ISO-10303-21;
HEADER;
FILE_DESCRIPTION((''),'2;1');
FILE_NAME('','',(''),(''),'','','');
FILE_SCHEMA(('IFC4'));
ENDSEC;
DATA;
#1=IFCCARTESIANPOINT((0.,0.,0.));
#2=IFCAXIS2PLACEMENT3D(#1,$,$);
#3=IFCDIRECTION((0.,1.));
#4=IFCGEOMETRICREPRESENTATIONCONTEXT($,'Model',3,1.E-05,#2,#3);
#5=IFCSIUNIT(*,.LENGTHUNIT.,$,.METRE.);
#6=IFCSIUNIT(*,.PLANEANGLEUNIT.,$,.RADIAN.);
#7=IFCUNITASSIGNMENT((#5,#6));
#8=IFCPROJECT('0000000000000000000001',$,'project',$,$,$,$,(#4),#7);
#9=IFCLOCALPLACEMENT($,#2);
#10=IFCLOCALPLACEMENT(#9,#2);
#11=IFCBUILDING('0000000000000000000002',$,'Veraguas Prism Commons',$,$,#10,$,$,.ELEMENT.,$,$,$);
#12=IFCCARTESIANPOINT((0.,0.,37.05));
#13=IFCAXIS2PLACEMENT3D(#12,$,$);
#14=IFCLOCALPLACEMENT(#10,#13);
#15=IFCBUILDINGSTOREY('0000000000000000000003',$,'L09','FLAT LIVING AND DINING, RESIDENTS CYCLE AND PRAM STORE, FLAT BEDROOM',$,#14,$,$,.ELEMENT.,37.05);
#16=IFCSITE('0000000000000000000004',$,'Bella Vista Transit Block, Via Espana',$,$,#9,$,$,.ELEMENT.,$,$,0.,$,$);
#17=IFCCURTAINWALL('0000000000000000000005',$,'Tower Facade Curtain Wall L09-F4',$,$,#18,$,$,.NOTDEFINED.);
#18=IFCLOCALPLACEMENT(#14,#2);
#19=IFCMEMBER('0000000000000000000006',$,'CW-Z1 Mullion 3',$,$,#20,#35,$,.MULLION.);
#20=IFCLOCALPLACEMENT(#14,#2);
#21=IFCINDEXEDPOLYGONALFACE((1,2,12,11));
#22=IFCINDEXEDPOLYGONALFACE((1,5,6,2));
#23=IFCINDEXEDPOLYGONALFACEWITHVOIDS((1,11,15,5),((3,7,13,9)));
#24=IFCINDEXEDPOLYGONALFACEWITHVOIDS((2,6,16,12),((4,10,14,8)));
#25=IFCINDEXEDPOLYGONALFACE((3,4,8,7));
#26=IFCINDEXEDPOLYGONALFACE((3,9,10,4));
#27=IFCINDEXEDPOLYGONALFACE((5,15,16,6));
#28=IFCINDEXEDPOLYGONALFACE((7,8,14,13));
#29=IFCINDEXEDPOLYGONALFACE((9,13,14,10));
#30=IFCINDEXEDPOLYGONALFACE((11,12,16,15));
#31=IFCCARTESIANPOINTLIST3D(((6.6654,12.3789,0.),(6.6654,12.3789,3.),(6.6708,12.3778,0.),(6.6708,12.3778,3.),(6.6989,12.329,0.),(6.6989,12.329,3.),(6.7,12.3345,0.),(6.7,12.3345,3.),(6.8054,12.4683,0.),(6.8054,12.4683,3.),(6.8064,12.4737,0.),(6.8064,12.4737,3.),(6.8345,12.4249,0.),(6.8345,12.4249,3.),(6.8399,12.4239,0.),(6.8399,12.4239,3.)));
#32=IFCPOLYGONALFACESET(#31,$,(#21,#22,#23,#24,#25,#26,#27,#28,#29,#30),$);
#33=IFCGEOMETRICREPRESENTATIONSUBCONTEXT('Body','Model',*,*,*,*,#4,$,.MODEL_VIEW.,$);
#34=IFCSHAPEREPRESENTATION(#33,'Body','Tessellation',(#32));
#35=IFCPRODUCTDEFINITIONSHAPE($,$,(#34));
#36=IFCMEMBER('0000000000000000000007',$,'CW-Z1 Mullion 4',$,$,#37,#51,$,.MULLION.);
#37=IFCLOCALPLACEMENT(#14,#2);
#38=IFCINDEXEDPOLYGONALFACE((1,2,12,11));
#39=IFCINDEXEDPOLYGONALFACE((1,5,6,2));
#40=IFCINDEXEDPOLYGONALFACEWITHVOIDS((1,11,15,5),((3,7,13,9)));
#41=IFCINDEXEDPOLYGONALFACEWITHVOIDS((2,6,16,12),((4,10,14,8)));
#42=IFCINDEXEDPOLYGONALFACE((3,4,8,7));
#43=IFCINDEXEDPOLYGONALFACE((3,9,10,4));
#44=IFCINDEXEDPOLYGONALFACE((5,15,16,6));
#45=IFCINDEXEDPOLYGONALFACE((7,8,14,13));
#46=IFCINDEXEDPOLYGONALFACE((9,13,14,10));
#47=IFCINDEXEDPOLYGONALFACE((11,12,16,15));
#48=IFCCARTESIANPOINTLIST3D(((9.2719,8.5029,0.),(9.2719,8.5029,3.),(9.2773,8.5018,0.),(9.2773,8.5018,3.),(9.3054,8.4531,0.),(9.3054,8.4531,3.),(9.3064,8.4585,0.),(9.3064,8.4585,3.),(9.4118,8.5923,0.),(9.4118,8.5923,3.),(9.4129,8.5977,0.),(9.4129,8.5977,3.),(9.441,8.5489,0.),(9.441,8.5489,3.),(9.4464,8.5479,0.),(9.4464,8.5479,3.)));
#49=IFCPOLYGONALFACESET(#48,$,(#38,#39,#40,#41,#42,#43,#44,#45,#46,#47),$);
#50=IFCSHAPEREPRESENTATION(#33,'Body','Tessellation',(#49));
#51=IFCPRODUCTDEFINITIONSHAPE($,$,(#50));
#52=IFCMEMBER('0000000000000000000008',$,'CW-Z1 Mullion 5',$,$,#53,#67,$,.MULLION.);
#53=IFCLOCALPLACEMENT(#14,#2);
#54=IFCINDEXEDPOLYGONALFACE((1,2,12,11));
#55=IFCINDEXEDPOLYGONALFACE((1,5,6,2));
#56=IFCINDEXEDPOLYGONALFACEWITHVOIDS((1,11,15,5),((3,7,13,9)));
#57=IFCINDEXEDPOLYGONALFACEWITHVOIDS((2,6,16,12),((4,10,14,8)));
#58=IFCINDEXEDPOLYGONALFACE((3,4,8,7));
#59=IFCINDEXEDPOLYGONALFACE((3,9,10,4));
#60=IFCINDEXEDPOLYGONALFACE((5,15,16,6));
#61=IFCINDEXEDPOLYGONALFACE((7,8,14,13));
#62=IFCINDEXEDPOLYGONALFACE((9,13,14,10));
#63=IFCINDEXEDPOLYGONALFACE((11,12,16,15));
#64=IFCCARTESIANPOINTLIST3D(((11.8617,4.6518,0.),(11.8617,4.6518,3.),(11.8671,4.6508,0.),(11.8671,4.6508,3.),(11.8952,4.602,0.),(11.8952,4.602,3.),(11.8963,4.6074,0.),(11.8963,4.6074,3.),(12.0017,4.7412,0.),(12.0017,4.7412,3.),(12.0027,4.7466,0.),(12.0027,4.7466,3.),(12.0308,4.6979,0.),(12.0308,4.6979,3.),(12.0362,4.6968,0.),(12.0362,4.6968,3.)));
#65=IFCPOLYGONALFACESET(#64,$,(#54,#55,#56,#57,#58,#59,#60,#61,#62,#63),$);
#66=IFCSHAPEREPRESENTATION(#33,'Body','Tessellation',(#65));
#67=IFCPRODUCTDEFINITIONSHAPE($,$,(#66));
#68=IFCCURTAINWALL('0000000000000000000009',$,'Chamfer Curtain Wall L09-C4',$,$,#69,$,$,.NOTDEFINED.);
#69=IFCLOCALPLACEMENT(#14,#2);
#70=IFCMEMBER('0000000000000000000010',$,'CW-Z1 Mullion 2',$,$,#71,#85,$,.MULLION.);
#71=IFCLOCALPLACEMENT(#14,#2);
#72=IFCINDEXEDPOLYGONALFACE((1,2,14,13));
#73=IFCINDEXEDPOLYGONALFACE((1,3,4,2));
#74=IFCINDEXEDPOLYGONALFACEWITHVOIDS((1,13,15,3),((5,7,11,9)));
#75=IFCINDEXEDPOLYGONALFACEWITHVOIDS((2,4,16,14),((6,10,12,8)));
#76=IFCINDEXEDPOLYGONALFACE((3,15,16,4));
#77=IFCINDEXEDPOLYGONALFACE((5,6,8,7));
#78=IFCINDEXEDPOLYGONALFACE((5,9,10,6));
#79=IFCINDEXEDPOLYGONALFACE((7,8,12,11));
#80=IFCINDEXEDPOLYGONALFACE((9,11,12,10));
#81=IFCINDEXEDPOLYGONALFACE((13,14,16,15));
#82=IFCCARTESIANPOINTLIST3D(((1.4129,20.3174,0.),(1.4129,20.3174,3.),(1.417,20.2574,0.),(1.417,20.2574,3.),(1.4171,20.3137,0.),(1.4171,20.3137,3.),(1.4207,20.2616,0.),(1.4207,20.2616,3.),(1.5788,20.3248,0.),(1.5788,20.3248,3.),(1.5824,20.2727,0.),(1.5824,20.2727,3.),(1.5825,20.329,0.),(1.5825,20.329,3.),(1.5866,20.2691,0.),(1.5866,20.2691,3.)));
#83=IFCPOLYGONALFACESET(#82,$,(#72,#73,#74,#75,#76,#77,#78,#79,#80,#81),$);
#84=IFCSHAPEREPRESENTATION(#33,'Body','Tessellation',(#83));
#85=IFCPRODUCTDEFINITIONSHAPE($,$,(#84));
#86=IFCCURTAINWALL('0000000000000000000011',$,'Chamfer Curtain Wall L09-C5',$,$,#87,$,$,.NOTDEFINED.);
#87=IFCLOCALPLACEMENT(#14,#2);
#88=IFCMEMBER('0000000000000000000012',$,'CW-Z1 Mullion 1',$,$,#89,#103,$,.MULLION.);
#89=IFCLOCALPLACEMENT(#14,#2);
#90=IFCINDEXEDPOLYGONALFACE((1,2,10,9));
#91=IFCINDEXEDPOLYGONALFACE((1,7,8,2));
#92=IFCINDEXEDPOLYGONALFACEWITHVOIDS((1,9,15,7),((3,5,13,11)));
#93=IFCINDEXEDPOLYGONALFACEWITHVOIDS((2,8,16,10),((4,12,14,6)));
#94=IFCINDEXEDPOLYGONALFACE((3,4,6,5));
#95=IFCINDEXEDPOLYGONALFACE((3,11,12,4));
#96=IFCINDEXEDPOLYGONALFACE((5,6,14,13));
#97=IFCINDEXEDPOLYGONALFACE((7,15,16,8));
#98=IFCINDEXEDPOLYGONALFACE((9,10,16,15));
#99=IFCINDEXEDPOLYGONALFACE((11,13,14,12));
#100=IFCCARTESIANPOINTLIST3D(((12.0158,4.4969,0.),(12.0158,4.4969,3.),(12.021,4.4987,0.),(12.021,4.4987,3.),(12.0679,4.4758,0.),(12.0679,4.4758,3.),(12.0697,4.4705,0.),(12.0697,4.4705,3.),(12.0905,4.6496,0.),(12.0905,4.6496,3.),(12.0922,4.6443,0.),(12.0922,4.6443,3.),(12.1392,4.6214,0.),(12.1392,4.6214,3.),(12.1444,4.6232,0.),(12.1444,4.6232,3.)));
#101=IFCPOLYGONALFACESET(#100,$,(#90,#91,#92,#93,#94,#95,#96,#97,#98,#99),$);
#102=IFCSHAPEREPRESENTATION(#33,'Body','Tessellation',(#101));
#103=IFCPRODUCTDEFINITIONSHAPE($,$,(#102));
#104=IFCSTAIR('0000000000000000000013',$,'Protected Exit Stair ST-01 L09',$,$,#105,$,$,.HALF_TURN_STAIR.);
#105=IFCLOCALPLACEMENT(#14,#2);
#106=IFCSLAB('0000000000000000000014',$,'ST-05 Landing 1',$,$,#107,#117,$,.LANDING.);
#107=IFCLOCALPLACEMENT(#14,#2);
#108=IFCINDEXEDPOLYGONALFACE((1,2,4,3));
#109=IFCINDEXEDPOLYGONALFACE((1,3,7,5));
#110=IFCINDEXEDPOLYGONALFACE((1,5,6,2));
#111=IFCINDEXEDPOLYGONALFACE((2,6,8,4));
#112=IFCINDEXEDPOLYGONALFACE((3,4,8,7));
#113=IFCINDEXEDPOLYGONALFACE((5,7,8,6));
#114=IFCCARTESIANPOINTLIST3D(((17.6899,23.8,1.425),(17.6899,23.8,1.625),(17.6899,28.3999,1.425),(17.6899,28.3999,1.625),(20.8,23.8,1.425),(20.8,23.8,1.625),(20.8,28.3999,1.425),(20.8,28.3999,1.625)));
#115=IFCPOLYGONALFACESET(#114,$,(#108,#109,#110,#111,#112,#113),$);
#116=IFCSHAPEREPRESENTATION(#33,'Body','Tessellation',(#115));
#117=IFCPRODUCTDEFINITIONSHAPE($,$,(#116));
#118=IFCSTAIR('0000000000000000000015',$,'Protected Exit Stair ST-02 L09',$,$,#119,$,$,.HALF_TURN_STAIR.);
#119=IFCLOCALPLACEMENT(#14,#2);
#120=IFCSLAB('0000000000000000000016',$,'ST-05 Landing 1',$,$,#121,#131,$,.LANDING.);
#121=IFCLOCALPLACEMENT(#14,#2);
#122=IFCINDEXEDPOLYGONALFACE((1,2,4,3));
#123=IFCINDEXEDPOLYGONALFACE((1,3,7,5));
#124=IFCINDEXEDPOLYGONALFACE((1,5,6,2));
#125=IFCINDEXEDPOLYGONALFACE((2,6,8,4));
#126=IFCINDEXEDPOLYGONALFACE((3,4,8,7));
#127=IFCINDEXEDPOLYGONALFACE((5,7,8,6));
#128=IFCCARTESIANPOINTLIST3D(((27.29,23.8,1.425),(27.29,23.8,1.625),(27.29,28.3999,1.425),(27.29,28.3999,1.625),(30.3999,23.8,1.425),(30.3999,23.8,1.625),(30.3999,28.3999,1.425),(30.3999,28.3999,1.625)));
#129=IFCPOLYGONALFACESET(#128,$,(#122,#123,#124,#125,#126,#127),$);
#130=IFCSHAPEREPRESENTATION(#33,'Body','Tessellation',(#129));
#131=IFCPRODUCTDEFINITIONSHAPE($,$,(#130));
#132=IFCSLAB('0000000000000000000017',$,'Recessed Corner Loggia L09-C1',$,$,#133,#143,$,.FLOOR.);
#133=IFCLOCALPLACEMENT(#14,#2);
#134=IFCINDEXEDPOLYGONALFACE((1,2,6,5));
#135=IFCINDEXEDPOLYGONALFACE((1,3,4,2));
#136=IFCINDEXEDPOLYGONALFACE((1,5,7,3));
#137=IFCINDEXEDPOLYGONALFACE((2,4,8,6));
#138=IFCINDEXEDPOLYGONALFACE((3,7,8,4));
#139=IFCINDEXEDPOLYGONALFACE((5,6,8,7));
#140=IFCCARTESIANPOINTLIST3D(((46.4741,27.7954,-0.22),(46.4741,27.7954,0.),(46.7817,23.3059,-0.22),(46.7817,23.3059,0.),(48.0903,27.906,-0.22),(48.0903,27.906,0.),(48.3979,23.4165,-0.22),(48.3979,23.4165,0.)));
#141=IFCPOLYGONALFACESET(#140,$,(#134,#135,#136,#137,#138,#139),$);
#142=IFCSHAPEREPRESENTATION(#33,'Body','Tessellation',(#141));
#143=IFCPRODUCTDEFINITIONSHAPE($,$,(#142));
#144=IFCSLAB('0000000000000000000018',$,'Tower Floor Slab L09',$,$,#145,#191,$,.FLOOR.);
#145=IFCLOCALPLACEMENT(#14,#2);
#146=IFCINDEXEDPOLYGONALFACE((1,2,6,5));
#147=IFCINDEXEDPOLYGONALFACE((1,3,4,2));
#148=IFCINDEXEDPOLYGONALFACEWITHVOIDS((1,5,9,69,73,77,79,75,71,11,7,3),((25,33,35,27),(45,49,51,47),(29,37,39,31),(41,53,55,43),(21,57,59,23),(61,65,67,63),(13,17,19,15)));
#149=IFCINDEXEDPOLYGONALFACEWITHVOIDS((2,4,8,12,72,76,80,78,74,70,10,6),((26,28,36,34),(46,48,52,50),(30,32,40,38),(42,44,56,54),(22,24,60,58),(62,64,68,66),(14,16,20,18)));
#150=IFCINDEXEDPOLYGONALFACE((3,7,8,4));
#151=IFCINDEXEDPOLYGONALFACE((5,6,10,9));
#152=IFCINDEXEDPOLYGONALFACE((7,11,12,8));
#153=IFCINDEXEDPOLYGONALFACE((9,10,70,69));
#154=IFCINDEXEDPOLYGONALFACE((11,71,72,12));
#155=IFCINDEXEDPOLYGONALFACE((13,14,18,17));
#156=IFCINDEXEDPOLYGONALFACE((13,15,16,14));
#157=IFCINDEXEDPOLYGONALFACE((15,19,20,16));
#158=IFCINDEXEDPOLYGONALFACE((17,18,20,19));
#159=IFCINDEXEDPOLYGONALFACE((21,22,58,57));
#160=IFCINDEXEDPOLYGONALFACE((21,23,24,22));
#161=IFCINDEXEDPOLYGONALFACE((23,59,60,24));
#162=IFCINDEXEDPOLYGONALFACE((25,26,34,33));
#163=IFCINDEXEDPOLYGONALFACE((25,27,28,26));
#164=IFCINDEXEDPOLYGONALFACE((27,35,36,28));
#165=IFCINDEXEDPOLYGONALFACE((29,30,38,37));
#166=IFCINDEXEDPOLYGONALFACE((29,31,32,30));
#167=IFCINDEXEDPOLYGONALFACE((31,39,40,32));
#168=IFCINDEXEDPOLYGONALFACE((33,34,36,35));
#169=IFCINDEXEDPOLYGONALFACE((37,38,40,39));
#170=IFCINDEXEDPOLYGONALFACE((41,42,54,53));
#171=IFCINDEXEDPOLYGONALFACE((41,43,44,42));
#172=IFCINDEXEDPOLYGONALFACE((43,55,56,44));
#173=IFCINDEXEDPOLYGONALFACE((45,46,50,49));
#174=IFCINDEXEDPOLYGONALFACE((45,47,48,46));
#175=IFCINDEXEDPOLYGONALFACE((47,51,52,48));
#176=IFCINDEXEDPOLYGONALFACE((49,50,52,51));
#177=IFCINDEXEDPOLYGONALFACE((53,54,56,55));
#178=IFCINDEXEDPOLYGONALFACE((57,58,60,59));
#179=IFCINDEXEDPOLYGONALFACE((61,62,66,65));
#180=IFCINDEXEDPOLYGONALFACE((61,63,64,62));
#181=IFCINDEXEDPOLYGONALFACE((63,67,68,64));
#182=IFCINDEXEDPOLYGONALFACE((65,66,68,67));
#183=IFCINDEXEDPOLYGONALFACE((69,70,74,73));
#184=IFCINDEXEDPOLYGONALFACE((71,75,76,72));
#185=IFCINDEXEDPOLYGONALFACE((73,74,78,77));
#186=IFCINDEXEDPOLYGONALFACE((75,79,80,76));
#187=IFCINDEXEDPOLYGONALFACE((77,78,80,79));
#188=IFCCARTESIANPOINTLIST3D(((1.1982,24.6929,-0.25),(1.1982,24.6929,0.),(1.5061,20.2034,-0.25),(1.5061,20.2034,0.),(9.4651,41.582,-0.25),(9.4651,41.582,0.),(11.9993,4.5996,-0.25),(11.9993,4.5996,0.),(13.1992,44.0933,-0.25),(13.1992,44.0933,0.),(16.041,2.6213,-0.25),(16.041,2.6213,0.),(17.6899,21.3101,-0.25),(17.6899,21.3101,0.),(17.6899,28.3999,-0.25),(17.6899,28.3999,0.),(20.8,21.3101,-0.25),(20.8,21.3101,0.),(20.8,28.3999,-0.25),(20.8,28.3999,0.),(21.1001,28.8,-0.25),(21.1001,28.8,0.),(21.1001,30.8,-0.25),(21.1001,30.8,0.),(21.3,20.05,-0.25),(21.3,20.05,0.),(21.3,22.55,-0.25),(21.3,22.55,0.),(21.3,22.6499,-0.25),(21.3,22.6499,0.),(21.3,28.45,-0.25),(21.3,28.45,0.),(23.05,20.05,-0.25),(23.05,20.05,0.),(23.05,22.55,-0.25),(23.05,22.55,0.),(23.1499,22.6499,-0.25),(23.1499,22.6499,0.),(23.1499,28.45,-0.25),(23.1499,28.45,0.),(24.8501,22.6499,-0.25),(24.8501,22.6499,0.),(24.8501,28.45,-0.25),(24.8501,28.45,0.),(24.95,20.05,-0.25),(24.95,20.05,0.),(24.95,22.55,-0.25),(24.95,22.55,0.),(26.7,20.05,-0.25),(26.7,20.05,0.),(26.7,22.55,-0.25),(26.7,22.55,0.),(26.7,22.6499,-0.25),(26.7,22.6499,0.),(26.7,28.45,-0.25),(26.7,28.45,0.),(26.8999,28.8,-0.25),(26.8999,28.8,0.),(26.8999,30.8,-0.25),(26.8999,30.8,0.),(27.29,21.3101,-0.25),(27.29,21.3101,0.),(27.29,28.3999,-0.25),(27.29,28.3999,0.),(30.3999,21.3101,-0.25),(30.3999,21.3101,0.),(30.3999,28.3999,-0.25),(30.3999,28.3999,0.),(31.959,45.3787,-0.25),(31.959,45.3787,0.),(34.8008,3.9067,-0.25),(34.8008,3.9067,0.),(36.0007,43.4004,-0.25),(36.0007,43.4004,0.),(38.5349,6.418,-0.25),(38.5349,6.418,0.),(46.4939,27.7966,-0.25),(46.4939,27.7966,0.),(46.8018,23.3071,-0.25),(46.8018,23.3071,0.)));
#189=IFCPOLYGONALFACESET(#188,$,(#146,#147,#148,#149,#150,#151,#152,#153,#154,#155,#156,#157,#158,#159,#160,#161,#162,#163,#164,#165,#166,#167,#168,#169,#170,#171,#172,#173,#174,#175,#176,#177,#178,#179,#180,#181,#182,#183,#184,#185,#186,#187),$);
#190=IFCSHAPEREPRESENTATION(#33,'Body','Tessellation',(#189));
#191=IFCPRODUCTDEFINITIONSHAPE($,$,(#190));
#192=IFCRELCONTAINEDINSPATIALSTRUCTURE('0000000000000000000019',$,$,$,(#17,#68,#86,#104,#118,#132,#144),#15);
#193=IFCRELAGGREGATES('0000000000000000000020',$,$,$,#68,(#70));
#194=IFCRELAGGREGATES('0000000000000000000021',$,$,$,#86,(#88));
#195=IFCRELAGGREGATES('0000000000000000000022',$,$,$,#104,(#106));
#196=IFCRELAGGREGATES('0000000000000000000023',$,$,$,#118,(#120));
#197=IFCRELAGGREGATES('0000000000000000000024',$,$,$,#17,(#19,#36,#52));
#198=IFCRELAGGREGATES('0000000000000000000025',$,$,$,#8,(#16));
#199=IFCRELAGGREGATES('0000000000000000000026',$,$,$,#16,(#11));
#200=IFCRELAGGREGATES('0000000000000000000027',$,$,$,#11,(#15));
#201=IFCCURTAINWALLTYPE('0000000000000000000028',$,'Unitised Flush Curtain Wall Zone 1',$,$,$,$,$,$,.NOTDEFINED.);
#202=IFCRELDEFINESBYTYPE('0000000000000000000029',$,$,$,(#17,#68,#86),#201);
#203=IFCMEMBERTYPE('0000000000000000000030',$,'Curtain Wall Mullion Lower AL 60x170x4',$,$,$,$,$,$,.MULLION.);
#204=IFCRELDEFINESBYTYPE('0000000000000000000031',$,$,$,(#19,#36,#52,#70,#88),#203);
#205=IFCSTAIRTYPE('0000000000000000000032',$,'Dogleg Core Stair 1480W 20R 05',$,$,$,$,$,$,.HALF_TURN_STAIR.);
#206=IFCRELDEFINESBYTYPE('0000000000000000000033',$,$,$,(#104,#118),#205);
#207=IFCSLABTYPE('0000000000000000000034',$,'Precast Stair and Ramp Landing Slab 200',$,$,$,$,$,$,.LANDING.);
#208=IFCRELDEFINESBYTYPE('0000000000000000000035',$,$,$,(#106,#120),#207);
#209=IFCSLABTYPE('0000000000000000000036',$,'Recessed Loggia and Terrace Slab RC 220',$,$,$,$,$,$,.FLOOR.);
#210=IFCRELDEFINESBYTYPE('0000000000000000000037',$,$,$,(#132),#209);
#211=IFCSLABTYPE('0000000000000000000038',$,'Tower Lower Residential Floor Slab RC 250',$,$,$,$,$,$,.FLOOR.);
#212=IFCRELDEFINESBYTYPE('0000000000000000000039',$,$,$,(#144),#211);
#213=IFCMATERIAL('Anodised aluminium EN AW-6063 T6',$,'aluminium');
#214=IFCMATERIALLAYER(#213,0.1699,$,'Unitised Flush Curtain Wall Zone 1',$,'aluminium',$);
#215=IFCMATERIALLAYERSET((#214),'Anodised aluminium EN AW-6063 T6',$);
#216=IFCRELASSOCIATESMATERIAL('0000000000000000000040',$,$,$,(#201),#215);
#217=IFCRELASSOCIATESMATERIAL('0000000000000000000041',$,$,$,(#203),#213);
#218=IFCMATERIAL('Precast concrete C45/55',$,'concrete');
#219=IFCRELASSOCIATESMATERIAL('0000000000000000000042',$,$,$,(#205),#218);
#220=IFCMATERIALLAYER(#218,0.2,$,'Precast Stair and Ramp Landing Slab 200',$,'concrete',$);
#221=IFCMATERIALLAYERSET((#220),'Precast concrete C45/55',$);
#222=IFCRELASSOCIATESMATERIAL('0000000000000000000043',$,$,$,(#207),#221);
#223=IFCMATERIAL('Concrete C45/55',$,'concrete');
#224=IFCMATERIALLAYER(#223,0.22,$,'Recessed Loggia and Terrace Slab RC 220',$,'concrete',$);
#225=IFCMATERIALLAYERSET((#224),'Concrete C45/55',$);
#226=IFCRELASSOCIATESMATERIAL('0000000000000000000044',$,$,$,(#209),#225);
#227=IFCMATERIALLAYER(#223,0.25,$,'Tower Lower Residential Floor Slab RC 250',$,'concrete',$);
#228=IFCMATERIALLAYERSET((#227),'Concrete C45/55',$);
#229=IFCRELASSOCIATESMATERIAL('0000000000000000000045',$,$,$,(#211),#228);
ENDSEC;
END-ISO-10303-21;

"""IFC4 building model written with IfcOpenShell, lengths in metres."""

from ifc_helpers import new_model, si_unit, direction, frame, origin, origin_2d, place, context, subcontext, project, spatial, polyline, hollow_rectangle, outline, extrude, source, transform, mapped, material, layer, layer_set, material_profile, profile_set, type_object, element, aggregate, save


model = new_model("IFC4")

# Units and contexts
model_context = context("Model", 3, precision=1e-05, world=origin(), true_north=direction((0.0, 1.0)))
body_context = subcontext(model_context, "Body", "Model", "MODEL_VIEW")
ifc_project = project(units=[si_unit("LENGTHUNIT", "METRE"), si_unit("PLANEANGLEUNIT", "RADIAN")], contexts=[model_context])

# Site, building, storey
site_placement = place(None, origin())
site = spatial("IfcSite", under=ifc_project, at=site_placement, Name="Bella Vista Transit Block, Via Espana", CompositionType="ELEMENT", RefElevation=0.0)
building_placement = place(site_placement, origin())
building = spatial("IfcBuilding", under=site, at=building_placement, Name="Veraguas Prism Commons", CompositionType="ELEMENT")
storey_placement = place(building_placement, frame((0.0, 0.0, 37.05)))
storey = spatial("IfcBuildingStorey", under=building, at=storey_placement, Name="L09", Description="FLAT LIVING AND DINING, RESIDENTS CYCLE AND PRAM STORE, FLAT BEDROOM", CompositionType="ELEMENT", Elevation=37.05)

# Curtain wall, members
ifc_material_1 = material(Name="Anodised aluminium EN AW-6063 T6", Category="aluminium")
ifc_layer_1 = layer(ifc_material_1, 0.1699, Name="Unitised Flush Curtain Wall Zone 1", Category="aluminium")
ifc_layer_set_1 = layer_set([ifc_layer_1], Name="Anodised aluminium EN AW-6063 T6")
curtain_wall_type = type_object("IfcCurtainWallType", Name="Unitised Flush Curtain Wall Zone 1", PredefinedType="NOTDEFINED", material=ifc_layer_set_1)
curtain_wall_1_placement = place(storey_placement, origin())
curtain_wall_1 = element("IfcCurtainWall", 1, at=curtain_wall_1_placement, inside=storey, type_object=curtain_wall_type, Name="Tower Facade Curtain Wall L09-F4", PredefinedType="NOTDEFINED")
ifc_material_profile_1 = material_profile(ifc_material_1, hollow_rectangle(XDim=0.0601, YDim=0.1699, WallThickness=0.0039, at=origin_2d()), Name="AL60X170X4")
ifc_profile_set_1 = profile_set([ifc_material_profile_1], Name="Anodised aluminium EN AW-6063 T6")
member_type_1 = type_object("IfcMemberType", Name="Curtain Wall Mullion Lower AL 60x170x4", PredefinedType="MULLION", material=ifc_profile_set_1)
shared_shape_1 = source(origin(), body_context, "Body", "SweptSolid", [
    extrude(hollow_rectangle(XDim=0.0601, YDim=0.1699, WallThickness=0.0039, at=origin_2d()), origin(), (0.0, 0.0, 1.0), 3.0),
])
member_1_placement = place(storey_placement, frame((6.7527, 12.4014, 0.0), z_axis=(0.0, 0.0, 1.0), x_axis=(0.558035, -0.829818, 0.0)))
member_1 = element("IfcMember", 2, at=member_1_placement, type_object=member_type_1, Name="CW-Z1 Mullion 3", PredefinedType="MULLION", context=body_context, shape_type="MappedRepresentation", body=[
    mapped(shared_shape_1, transform((0.0, 0.0, 0.0), scale=1.0)),
])
member_2_placement = place(storey_placement, frame((9.3591, 8.5254, 0.0), z_axis=(0.0, 0.0, 1.0), x_axis=(0.558035, -0.829818, 0.0)))
member_2 = element("IfcMember", 3, at=member_2_placement, type_object=member_type_1, Name="CW-Z1 Mullion 4", PredefinedType="MULLION", context=body_context, shape_type="MappedRepresentation", body=[
    mapped(shared_shape_1, transform((0.0, 0.0, 0.0), scale=1.0)),
])
member_3_placement = place(storey_placement, frame((11.949, 4.6743, 0.0), z_axis=(0.0, 0.0, 1.0), x_axis=(0.558035, -0.829818, 0.0)))
member_3 = element("IfcMember", 4, at=member_3_placement, type_object=member_type_1, Name="CW-Z1 Mullion 5", PredefinedType="MULLION", context=body_context, shape_type="MappedRepresentation", body=[
    mapped(shared_shape_1, transform((0.0, 0.0, 0.0), scale=1.0)),
])

# Curtain walls, members
curtain_wall_2_placement = place(storey_placement, origin())
curtain_wall_2 = element("IfcCurtainWall", 5, at=curtain_wall_2_placement, inside=storey, type_object=curtain_wall_type, Name="Chamfer Curtain Wall L09-C4", PredefinedType="NOTDEFINED")
member_4_placement = place(storey_placement, frame((1.4998, 20.2932, 0.0), z_axis=(0.0, 0.0, 1.0), x_axis=(0.068379, -0.997659, 0.0)))
member_4 = element("IfcMember", 6, at=member_4_placement, type_object=member_type_1, Name="CW-Z1 Mullion 2", PredefinedType="MULLION", context=body_context, shape_type="MappedRepresentation", body=[
    mapped(shared_shape_1, transform((0.0, 0.0, 0.0), scale=1.0)),
])
aggregate(curtain_wall_2, [member_4])
curtain_wall_3_placement = place(storey_placement, origin())
curtain_wall_3 = element("IfcCurtainWall", 7, at=curtain_wall_3_placement, inside=storey, type_object=curtain_wall_type, Name="Chamfer Curtain Wall L09-C5", PredefinedType="NOTDEFINED")
member_5_placement = place(storey_placement, frame((12.0801, 4.5601, 0.0), z_axis=(0.0, 0.0, 1.0), x_axis=(0.898185, -0.439618, 0.0)))
member_5 = element("IfcMember", 8, at=member_5_placement, type_object=member_type_1, Name="CW-Z1 Mullion 1", PredefinedType="MULLION", context=body_context, shape_type="MappedRepresentation", body=[
    mapped(shared_shape_1, transform((0.0, 0.0, 0.0), scale=1.0)),
])
aggregate(curtain_wall_3, [member_5])

# Stairs, slabs
ifc_material_2 = material(Name="Precast concrete C45/55", Category="concrete")
stair_type = type_object("IfcStairType", Name="Dogleg Core Stair 1480W 20R 05", PredefinedType="HALF_TURN_STAIR", material=ifc_material_2)
stair_1_placement = place(storey_placement, origin())
stair_1 = element("IfcStair", 9, at=stair_1_placement, inside=storey, type_object=stair_type, Name="Protected Exit Stair ST-01 L09", PredefinedType="HALF_TURN_STAIR")
ifc_layer_2 = layer(ifc_material_2, 0.2, Name="Precast Stair and Ramp Landing Slab 200", Category="concrete")
ifc_layer_set_2 = layer_set([ifc_layer_2], Name="Precast concrete C45/55")
slab_type_1 = type_object("IfcSlabType", Name="Precast Stair and Ramp Landing Slab 200", PredefinedType="LANDING", material=ifc_layer_set_2)
slab_1_placement = place(storey_placement, frame((0.0, 0.0, 1.425)))
slab_1 = element("IfcSlab", 10, at=slab_1_placement, type_object=slab_type_1, Name="ST-05 Landing 1", PredefinedType="LANDING", context=body_context, shape_type="SweptSolid", body=[
    extrude(outline(polyline([(20.8, 23.8), (20.8, 28.3999), (17.6899, 28.3999), (17.6899, 23.8), (20.8, 23.8)])), origin(), (0.0, 0.0, 1.0), 0.2),
])
aggregate(stair_1, [slab_1])
stair_2_placement = place(storey_placement, origin())
stair_2 = element("IfcStair", 11, at=stair_2_placement, inside=storey, type_object=stair_type, Name="Protected Exit Stair ST-02 L09", PredefinedType="HALF_TURN_STAIR")
slab_2_placement = place(storey_placement, frame((0.0, 0.0, 1.425)))
slab_2 = element("IfcSlab", 12, at=slab_2_placement, type_object=slab_type_1, Name="ST-05 Landing 1", PredefinedType="LANDING", context=body_context, shape_type="SweptSolid", body=[
    extrude(outline(polyline([(30.3999, 23.8), (30.3999, 28.3999), (27.29, 28.3999), (27.29, 23.8), (30.3999, 23.8)])), origin(), (0.0, 0.0, 1.0), 0.2),
])
aggregate(stair_2, [slab_2])

# Slabs
ifc_material_3 = material(Name="Concrete C45/55", Category="concrete")
ifc_layer_3 = layer(ifc_material_3, 0.22, Name="Recessed Loggia and Terrace Slab RC 220", Category="concrete")
ifc_layer_set_3 = layer_set([ifc_layer_3], Name="Concrete C45/55")
slab_type_2 = type_object("IfcSlabType", Name="Recessed Loggia and Terrace Slab RC 220", PredefinedType="FLOOR", material=ifc_layer_set_3)
slab_3_placement = place(storey_placement, frame((0.0, 0.0, -0.22)))
element("IfcSlab", 13, at=slab_3_placement, inside=storey, type_object=slab_type_2, Name="Recessed Corner Loggia L09-C1", PredefinedType="FLOOR", context=body_context, shape_type="SweptSolid", body=[
    extrude(outline(polyline([(46.7817, 23.3059), (48.3979, 23.4165), (48.0903, 27.906), (46.4741, 27.7954), (46.7817, 23.3059)])), origin(), (0.0, 0.0, 1.0), 0.22),
])
ifc_layer_4 = layer(ifc_material_3, 0.25, Name="Tower Lower Residential Floor Slab RC 250", Category="concrete")
ifc_layer_set_4 = layer_set([ifc_layer_4], Name="Concrete C45/55")
slab_type_3 = type_object("IfcSlabType", Name="Tower Lower Residential Floor Slab RC 250", PredefinedType="FLOOR", material=ifc_layer_set_4)
slab_4_placement = place(storey_placement, frame((0.0, 0.0, -0.25)))
element("IfcSlab", 14, at=slab_4_placement, inside=storey, type_object=slab_type_3, Name="Tower Floor Slab L09", PredefinedType="FLOOR", context=body_context, shape_type="SweptSolid", body=[
    extrude(outline(polyline([(46.8018, 23.3071), (46.4939, 27.7966), (36.0007, 43.4004), (31.959, 45.3787), (13.1992, 44.0933), (9.4651, 41.582), (1.1982, 24.6929), (1.5061, 20.2034), (11.9993, 4.5996), (16.041, 2.6213), (34.8008, 3.9067), (38.5349, 6.418), (46.8018, 23.3071)]), holes=[polyline([(20.8, 21.3101), (20.8, 28.3999), (17.6899, 28.3999), (17.6899, 21.3101), (20.8, 21.3101)]), polyline([(30.3999, 21.3101), (30.3999, 28.3999), (27.29, 28.3999), (27.29, 21.3101), (30.3999, 21.3101)]), polyline([(21.3, 22.6499), (23.1499, 22.6499), (23.1499, 28.45), (21.3, 28.45), (21.3, 22.6499)]), polyline([(24.8501, 22.6499), (26.7, 22.6499), (26.7, 28.45), (24.8501, 28.45), (24.8501, 22.6499)]), polyline([(21.1001, 28.8), (26.8999, 28.8), (26.8999, 30.8), (21.1001, 30.8), (21.1001, 28.8)]), polyline([(21.3, 20.05), (23.05, 20.05), (23.05, 22.55), (21.3, 22.55), (21.3, 20.05)]), polyline([(24.95, 20.05), (26.7, 20.05), (26.7, 22.55), (24.95, 22.55), (24.95, 20.05)])]), origin(), (0.0, 0.0, 1.0), 0.25),
])

aggregate(curtain_wall_1, [member_1, member_2, member_3])

save(model, "model.ifc")
